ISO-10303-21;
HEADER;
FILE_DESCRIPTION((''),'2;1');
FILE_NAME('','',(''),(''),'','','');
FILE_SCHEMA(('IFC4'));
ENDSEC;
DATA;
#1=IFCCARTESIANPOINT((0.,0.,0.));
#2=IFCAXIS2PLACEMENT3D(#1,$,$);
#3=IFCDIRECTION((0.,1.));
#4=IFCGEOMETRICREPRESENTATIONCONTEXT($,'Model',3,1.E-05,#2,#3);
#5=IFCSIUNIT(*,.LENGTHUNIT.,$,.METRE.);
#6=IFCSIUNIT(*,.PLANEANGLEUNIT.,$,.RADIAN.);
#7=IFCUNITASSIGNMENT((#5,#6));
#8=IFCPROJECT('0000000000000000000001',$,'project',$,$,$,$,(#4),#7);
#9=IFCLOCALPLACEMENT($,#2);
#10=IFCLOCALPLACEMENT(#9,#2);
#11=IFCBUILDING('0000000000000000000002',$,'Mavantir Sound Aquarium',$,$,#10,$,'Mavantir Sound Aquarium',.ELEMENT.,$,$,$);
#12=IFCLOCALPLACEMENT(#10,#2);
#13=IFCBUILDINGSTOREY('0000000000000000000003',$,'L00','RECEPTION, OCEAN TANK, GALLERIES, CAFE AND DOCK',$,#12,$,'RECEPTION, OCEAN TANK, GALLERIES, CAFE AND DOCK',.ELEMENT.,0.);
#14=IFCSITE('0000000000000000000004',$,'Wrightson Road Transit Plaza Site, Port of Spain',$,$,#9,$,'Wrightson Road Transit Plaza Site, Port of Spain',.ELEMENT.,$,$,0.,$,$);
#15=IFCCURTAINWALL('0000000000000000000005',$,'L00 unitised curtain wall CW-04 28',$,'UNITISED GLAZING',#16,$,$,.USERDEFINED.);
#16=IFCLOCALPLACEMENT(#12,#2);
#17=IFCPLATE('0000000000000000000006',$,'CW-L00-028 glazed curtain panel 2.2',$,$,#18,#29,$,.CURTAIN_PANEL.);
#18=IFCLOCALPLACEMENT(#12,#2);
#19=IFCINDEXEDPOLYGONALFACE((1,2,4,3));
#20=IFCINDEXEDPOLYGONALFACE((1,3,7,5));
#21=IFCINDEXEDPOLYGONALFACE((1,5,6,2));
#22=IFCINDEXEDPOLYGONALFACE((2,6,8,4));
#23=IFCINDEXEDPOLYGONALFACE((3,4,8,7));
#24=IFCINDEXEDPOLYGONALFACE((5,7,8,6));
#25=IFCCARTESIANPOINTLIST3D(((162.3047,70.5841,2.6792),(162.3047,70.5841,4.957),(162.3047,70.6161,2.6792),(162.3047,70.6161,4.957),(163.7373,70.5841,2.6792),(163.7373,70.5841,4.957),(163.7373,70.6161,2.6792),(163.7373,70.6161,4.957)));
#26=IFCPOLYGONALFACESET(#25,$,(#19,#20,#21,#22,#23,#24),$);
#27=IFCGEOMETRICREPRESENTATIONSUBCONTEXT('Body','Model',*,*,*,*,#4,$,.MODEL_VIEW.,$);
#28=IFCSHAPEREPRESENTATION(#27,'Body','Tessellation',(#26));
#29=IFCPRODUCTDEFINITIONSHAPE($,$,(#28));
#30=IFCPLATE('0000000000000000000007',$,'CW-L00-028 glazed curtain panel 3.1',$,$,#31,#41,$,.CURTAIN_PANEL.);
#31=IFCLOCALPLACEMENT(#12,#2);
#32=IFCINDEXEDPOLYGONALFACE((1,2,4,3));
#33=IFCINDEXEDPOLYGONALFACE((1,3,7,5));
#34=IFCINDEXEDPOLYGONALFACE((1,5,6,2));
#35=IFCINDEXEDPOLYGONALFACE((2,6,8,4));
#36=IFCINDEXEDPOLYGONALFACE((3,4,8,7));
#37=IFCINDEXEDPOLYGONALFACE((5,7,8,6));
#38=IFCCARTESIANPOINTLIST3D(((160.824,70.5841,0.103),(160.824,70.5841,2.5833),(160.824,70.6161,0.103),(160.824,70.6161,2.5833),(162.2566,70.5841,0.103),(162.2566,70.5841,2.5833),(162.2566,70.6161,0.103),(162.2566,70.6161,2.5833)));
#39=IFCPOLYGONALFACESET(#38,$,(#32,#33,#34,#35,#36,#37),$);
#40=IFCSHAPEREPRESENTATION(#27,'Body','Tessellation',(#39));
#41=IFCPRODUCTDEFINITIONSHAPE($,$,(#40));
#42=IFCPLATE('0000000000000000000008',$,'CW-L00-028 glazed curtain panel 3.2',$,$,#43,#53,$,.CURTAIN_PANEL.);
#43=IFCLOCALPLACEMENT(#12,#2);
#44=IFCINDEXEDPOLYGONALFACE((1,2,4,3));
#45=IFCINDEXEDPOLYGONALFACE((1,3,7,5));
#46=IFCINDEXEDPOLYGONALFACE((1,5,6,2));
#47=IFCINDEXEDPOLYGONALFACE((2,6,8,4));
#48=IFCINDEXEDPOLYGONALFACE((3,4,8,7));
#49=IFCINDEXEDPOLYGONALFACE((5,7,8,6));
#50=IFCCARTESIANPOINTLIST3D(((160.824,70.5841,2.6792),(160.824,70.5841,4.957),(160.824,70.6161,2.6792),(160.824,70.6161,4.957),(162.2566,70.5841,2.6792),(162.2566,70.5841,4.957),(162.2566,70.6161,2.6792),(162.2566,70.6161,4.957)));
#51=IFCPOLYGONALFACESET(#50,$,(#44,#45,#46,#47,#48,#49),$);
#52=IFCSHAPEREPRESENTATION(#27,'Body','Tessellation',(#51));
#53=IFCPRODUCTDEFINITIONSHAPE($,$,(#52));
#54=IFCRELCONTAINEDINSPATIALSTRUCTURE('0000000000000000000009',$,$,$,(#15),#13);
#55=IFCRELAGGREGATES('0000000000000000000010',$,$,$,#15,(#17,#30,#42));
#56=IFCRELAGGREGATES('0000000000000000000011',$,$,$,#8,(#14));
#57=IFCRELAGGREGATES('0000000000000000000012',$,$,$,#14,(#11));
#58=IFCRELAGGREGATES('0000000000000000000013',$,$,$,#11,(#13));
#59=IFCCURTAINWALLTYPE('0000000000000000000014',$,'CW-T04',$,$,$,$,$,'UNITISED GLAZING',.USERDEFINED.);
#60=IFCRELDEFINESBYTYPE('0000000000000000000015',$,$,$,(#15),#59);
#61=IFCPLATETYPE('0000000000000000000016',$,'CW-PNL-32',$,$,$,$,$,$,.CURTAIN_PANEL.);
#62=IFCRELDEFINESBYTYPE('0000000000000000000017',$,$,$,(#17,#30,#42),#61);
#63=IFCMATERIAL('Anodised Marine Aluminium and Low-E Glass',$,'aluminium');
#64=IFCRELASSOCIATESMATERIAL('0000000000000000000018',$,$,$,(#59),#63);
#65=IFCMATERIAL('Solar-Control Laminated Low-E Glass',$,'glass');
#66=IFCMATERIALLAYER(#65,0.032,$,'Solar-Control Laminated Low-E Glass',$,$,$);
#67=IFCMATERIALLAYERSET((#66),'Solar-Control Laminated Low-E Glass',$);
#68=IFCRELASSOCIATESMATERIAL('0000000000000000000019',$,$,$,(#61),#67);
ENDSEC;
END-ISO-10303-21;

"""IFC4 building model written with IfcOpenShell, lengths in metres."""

from ifc_helpers import new_model, si_unit, direction, frame, origin, origin_2d, place, context, subcontext, project, spatial, rectangle, extrude, material, layer, layer_set, type_object, element, aggregate, save


model = new_model("IFC4")

# Units and contexts
model_context = context("Model", 3, precision=1e-05, world=origin(), true_north=direction((0.0, 1.0)))
body_context = subcontext(model_context, "Body", "Model", "MODEL_VIEW")
ifc_project = project(units=[si_unit("LENGTHUNIT", "METRE"), si_unit("PLANEANGLEUNIT", "RADIAN")], contexts=[model_context])

# Site, building, storey
site_placement = place(None, origin())
site = spatial("IfcSite", under=ifc_project, at=site_placement, Name="Wrightson Road Transit Plaza Site, Port of Spain", LongName="Wrightson Road Transit Plaza Site, Port of Spain", CompositionType="ELEMENT", RefElevation=0.0)
building_placement = place(site_placement, origin())
building = spatial("IfcBuilding", under=site, at=building_placement, Name="Mavantir Sound Aquarium", LongName="Mavantir Sound Aquarium", CompositionType="ELEMENT")
storey_placement = place(building_placement, origin())
storey = spatial("IfcBuildingStorey", under=building, at=storey_placement, Name="L00", Description="RECEPTION, OCEAN TANK, GALLERIES, CAFE AND DOCK", LongName="RECEPTION, OCEAN TANK, GALLERIES, CAFE AND DOCK", CompositionType="ELEMENT", Elevation=0.0)

# Shared definitions
ifc_material_1 = material(Name="Anodised Marine Aluminium and Low-E Glass", Category="aluminium")

# Curtain wall
curtain_wall_type_1 = type_object("IfcCurtainWallType", Name="CW-T04", ElementType="UNITISED GLAZING", PredefinedType="USERDEFINED", material=ifc_material_1)
curtain_wall_1_placement = place(storey_placement, origin())
curtain_wall_1 = element("IfcCurtainWall", 1, at=curtain_wall_1_placement, inside=storey, type_object=curtain_wall_type_1, Name="L00 unitised curtain wall CW-04 28", ObjectType="UNITISED GLAZING", PredefinedType="USERDEFINED")

# Plates
ifc_material_2 = material(Name="Solar-Control Laminated Low-E Glass", Category="glass")
ifc_layer_1 = layer(ifc_material_2, 0.032, Name="Solar-Control Laminated Low-E Glass")
ifc_layer_set_1 = layer_set([ifc_layer_1], Name="Solar-Control Laminated Low-E Glass")
plate_type_1 = type_object("IfcPlateType", Name="CW-PNL-32", PredefinedType="CURTAIN_PANEL", material=ifc_layer_set_1)
plate_1_placement = place(storey_placement, frame((163.021, 70.6001, 2.6792), z_axis=(0.0, 0.0, 1.0), x_axis=(-1.0, 0.0, 0.0)))
plate_1 = element("IfcPlate", 2, at=plate_1_placement, type_object=plate_type_1, Name="CW-L00-028 glazed curtain panel 2.2", PredefinedType="CURTAIN_PANEL", context=body_context, shape_type="SweptSolid", body=[
    extrude(rectangle(XDim=1.4326, YDim=0.032, at=origin_2d()), origin(), (0.0, 0.0, 1.0), 2.2778),
])
plate_2_placement = place(storey_placement, frame((161.5403, 70.6001, 0.103), z_axis=(0.0, 0.0, 1.0), x_axis=(-1.0, 0.0, 0.0)))
plate_2 = element("IfcPlate", 3, at=plate_2_placement, type_object=plate_type_1, Name="CW-L00-028 glazed curtain panel 3.1", PredefinedType="CURTAIN_PANEL", context=body_context, shape_type="SweptSolid", body=[
    extrude(rectangle(XDim=1.4326, YDim=0.032, at=origin_2d()), origin(), (0.0, 0.0, 1.0), 2.4802),
])
plate_3_placement = place(storey_placement, frame((161.5403, 70.6001, 2.6792), z_axis=(0.0, 0.0, 1.0), x_axis=(-1.0, 0.0, 0.0)))
plate_3 = element("IfcPlate", 4, at=plate_3_placement, type_object=plate_type_1, Name="CW-L00-028 glazed curtain panel 3.2", PredefinedType="CURTAIN_PANEL", context=body_context, shape_type="SweptSolid", body=[
    extrude(rectangle(XDim=1.4326, YDim=0.032, at=origin_2d()), origin(), (0.0, 0.0, 1.0), 2.2778),
])
aggregate(curtain_wall_1, [plate_1, plate_2, plate_3])

save(model, "model.ifc")
